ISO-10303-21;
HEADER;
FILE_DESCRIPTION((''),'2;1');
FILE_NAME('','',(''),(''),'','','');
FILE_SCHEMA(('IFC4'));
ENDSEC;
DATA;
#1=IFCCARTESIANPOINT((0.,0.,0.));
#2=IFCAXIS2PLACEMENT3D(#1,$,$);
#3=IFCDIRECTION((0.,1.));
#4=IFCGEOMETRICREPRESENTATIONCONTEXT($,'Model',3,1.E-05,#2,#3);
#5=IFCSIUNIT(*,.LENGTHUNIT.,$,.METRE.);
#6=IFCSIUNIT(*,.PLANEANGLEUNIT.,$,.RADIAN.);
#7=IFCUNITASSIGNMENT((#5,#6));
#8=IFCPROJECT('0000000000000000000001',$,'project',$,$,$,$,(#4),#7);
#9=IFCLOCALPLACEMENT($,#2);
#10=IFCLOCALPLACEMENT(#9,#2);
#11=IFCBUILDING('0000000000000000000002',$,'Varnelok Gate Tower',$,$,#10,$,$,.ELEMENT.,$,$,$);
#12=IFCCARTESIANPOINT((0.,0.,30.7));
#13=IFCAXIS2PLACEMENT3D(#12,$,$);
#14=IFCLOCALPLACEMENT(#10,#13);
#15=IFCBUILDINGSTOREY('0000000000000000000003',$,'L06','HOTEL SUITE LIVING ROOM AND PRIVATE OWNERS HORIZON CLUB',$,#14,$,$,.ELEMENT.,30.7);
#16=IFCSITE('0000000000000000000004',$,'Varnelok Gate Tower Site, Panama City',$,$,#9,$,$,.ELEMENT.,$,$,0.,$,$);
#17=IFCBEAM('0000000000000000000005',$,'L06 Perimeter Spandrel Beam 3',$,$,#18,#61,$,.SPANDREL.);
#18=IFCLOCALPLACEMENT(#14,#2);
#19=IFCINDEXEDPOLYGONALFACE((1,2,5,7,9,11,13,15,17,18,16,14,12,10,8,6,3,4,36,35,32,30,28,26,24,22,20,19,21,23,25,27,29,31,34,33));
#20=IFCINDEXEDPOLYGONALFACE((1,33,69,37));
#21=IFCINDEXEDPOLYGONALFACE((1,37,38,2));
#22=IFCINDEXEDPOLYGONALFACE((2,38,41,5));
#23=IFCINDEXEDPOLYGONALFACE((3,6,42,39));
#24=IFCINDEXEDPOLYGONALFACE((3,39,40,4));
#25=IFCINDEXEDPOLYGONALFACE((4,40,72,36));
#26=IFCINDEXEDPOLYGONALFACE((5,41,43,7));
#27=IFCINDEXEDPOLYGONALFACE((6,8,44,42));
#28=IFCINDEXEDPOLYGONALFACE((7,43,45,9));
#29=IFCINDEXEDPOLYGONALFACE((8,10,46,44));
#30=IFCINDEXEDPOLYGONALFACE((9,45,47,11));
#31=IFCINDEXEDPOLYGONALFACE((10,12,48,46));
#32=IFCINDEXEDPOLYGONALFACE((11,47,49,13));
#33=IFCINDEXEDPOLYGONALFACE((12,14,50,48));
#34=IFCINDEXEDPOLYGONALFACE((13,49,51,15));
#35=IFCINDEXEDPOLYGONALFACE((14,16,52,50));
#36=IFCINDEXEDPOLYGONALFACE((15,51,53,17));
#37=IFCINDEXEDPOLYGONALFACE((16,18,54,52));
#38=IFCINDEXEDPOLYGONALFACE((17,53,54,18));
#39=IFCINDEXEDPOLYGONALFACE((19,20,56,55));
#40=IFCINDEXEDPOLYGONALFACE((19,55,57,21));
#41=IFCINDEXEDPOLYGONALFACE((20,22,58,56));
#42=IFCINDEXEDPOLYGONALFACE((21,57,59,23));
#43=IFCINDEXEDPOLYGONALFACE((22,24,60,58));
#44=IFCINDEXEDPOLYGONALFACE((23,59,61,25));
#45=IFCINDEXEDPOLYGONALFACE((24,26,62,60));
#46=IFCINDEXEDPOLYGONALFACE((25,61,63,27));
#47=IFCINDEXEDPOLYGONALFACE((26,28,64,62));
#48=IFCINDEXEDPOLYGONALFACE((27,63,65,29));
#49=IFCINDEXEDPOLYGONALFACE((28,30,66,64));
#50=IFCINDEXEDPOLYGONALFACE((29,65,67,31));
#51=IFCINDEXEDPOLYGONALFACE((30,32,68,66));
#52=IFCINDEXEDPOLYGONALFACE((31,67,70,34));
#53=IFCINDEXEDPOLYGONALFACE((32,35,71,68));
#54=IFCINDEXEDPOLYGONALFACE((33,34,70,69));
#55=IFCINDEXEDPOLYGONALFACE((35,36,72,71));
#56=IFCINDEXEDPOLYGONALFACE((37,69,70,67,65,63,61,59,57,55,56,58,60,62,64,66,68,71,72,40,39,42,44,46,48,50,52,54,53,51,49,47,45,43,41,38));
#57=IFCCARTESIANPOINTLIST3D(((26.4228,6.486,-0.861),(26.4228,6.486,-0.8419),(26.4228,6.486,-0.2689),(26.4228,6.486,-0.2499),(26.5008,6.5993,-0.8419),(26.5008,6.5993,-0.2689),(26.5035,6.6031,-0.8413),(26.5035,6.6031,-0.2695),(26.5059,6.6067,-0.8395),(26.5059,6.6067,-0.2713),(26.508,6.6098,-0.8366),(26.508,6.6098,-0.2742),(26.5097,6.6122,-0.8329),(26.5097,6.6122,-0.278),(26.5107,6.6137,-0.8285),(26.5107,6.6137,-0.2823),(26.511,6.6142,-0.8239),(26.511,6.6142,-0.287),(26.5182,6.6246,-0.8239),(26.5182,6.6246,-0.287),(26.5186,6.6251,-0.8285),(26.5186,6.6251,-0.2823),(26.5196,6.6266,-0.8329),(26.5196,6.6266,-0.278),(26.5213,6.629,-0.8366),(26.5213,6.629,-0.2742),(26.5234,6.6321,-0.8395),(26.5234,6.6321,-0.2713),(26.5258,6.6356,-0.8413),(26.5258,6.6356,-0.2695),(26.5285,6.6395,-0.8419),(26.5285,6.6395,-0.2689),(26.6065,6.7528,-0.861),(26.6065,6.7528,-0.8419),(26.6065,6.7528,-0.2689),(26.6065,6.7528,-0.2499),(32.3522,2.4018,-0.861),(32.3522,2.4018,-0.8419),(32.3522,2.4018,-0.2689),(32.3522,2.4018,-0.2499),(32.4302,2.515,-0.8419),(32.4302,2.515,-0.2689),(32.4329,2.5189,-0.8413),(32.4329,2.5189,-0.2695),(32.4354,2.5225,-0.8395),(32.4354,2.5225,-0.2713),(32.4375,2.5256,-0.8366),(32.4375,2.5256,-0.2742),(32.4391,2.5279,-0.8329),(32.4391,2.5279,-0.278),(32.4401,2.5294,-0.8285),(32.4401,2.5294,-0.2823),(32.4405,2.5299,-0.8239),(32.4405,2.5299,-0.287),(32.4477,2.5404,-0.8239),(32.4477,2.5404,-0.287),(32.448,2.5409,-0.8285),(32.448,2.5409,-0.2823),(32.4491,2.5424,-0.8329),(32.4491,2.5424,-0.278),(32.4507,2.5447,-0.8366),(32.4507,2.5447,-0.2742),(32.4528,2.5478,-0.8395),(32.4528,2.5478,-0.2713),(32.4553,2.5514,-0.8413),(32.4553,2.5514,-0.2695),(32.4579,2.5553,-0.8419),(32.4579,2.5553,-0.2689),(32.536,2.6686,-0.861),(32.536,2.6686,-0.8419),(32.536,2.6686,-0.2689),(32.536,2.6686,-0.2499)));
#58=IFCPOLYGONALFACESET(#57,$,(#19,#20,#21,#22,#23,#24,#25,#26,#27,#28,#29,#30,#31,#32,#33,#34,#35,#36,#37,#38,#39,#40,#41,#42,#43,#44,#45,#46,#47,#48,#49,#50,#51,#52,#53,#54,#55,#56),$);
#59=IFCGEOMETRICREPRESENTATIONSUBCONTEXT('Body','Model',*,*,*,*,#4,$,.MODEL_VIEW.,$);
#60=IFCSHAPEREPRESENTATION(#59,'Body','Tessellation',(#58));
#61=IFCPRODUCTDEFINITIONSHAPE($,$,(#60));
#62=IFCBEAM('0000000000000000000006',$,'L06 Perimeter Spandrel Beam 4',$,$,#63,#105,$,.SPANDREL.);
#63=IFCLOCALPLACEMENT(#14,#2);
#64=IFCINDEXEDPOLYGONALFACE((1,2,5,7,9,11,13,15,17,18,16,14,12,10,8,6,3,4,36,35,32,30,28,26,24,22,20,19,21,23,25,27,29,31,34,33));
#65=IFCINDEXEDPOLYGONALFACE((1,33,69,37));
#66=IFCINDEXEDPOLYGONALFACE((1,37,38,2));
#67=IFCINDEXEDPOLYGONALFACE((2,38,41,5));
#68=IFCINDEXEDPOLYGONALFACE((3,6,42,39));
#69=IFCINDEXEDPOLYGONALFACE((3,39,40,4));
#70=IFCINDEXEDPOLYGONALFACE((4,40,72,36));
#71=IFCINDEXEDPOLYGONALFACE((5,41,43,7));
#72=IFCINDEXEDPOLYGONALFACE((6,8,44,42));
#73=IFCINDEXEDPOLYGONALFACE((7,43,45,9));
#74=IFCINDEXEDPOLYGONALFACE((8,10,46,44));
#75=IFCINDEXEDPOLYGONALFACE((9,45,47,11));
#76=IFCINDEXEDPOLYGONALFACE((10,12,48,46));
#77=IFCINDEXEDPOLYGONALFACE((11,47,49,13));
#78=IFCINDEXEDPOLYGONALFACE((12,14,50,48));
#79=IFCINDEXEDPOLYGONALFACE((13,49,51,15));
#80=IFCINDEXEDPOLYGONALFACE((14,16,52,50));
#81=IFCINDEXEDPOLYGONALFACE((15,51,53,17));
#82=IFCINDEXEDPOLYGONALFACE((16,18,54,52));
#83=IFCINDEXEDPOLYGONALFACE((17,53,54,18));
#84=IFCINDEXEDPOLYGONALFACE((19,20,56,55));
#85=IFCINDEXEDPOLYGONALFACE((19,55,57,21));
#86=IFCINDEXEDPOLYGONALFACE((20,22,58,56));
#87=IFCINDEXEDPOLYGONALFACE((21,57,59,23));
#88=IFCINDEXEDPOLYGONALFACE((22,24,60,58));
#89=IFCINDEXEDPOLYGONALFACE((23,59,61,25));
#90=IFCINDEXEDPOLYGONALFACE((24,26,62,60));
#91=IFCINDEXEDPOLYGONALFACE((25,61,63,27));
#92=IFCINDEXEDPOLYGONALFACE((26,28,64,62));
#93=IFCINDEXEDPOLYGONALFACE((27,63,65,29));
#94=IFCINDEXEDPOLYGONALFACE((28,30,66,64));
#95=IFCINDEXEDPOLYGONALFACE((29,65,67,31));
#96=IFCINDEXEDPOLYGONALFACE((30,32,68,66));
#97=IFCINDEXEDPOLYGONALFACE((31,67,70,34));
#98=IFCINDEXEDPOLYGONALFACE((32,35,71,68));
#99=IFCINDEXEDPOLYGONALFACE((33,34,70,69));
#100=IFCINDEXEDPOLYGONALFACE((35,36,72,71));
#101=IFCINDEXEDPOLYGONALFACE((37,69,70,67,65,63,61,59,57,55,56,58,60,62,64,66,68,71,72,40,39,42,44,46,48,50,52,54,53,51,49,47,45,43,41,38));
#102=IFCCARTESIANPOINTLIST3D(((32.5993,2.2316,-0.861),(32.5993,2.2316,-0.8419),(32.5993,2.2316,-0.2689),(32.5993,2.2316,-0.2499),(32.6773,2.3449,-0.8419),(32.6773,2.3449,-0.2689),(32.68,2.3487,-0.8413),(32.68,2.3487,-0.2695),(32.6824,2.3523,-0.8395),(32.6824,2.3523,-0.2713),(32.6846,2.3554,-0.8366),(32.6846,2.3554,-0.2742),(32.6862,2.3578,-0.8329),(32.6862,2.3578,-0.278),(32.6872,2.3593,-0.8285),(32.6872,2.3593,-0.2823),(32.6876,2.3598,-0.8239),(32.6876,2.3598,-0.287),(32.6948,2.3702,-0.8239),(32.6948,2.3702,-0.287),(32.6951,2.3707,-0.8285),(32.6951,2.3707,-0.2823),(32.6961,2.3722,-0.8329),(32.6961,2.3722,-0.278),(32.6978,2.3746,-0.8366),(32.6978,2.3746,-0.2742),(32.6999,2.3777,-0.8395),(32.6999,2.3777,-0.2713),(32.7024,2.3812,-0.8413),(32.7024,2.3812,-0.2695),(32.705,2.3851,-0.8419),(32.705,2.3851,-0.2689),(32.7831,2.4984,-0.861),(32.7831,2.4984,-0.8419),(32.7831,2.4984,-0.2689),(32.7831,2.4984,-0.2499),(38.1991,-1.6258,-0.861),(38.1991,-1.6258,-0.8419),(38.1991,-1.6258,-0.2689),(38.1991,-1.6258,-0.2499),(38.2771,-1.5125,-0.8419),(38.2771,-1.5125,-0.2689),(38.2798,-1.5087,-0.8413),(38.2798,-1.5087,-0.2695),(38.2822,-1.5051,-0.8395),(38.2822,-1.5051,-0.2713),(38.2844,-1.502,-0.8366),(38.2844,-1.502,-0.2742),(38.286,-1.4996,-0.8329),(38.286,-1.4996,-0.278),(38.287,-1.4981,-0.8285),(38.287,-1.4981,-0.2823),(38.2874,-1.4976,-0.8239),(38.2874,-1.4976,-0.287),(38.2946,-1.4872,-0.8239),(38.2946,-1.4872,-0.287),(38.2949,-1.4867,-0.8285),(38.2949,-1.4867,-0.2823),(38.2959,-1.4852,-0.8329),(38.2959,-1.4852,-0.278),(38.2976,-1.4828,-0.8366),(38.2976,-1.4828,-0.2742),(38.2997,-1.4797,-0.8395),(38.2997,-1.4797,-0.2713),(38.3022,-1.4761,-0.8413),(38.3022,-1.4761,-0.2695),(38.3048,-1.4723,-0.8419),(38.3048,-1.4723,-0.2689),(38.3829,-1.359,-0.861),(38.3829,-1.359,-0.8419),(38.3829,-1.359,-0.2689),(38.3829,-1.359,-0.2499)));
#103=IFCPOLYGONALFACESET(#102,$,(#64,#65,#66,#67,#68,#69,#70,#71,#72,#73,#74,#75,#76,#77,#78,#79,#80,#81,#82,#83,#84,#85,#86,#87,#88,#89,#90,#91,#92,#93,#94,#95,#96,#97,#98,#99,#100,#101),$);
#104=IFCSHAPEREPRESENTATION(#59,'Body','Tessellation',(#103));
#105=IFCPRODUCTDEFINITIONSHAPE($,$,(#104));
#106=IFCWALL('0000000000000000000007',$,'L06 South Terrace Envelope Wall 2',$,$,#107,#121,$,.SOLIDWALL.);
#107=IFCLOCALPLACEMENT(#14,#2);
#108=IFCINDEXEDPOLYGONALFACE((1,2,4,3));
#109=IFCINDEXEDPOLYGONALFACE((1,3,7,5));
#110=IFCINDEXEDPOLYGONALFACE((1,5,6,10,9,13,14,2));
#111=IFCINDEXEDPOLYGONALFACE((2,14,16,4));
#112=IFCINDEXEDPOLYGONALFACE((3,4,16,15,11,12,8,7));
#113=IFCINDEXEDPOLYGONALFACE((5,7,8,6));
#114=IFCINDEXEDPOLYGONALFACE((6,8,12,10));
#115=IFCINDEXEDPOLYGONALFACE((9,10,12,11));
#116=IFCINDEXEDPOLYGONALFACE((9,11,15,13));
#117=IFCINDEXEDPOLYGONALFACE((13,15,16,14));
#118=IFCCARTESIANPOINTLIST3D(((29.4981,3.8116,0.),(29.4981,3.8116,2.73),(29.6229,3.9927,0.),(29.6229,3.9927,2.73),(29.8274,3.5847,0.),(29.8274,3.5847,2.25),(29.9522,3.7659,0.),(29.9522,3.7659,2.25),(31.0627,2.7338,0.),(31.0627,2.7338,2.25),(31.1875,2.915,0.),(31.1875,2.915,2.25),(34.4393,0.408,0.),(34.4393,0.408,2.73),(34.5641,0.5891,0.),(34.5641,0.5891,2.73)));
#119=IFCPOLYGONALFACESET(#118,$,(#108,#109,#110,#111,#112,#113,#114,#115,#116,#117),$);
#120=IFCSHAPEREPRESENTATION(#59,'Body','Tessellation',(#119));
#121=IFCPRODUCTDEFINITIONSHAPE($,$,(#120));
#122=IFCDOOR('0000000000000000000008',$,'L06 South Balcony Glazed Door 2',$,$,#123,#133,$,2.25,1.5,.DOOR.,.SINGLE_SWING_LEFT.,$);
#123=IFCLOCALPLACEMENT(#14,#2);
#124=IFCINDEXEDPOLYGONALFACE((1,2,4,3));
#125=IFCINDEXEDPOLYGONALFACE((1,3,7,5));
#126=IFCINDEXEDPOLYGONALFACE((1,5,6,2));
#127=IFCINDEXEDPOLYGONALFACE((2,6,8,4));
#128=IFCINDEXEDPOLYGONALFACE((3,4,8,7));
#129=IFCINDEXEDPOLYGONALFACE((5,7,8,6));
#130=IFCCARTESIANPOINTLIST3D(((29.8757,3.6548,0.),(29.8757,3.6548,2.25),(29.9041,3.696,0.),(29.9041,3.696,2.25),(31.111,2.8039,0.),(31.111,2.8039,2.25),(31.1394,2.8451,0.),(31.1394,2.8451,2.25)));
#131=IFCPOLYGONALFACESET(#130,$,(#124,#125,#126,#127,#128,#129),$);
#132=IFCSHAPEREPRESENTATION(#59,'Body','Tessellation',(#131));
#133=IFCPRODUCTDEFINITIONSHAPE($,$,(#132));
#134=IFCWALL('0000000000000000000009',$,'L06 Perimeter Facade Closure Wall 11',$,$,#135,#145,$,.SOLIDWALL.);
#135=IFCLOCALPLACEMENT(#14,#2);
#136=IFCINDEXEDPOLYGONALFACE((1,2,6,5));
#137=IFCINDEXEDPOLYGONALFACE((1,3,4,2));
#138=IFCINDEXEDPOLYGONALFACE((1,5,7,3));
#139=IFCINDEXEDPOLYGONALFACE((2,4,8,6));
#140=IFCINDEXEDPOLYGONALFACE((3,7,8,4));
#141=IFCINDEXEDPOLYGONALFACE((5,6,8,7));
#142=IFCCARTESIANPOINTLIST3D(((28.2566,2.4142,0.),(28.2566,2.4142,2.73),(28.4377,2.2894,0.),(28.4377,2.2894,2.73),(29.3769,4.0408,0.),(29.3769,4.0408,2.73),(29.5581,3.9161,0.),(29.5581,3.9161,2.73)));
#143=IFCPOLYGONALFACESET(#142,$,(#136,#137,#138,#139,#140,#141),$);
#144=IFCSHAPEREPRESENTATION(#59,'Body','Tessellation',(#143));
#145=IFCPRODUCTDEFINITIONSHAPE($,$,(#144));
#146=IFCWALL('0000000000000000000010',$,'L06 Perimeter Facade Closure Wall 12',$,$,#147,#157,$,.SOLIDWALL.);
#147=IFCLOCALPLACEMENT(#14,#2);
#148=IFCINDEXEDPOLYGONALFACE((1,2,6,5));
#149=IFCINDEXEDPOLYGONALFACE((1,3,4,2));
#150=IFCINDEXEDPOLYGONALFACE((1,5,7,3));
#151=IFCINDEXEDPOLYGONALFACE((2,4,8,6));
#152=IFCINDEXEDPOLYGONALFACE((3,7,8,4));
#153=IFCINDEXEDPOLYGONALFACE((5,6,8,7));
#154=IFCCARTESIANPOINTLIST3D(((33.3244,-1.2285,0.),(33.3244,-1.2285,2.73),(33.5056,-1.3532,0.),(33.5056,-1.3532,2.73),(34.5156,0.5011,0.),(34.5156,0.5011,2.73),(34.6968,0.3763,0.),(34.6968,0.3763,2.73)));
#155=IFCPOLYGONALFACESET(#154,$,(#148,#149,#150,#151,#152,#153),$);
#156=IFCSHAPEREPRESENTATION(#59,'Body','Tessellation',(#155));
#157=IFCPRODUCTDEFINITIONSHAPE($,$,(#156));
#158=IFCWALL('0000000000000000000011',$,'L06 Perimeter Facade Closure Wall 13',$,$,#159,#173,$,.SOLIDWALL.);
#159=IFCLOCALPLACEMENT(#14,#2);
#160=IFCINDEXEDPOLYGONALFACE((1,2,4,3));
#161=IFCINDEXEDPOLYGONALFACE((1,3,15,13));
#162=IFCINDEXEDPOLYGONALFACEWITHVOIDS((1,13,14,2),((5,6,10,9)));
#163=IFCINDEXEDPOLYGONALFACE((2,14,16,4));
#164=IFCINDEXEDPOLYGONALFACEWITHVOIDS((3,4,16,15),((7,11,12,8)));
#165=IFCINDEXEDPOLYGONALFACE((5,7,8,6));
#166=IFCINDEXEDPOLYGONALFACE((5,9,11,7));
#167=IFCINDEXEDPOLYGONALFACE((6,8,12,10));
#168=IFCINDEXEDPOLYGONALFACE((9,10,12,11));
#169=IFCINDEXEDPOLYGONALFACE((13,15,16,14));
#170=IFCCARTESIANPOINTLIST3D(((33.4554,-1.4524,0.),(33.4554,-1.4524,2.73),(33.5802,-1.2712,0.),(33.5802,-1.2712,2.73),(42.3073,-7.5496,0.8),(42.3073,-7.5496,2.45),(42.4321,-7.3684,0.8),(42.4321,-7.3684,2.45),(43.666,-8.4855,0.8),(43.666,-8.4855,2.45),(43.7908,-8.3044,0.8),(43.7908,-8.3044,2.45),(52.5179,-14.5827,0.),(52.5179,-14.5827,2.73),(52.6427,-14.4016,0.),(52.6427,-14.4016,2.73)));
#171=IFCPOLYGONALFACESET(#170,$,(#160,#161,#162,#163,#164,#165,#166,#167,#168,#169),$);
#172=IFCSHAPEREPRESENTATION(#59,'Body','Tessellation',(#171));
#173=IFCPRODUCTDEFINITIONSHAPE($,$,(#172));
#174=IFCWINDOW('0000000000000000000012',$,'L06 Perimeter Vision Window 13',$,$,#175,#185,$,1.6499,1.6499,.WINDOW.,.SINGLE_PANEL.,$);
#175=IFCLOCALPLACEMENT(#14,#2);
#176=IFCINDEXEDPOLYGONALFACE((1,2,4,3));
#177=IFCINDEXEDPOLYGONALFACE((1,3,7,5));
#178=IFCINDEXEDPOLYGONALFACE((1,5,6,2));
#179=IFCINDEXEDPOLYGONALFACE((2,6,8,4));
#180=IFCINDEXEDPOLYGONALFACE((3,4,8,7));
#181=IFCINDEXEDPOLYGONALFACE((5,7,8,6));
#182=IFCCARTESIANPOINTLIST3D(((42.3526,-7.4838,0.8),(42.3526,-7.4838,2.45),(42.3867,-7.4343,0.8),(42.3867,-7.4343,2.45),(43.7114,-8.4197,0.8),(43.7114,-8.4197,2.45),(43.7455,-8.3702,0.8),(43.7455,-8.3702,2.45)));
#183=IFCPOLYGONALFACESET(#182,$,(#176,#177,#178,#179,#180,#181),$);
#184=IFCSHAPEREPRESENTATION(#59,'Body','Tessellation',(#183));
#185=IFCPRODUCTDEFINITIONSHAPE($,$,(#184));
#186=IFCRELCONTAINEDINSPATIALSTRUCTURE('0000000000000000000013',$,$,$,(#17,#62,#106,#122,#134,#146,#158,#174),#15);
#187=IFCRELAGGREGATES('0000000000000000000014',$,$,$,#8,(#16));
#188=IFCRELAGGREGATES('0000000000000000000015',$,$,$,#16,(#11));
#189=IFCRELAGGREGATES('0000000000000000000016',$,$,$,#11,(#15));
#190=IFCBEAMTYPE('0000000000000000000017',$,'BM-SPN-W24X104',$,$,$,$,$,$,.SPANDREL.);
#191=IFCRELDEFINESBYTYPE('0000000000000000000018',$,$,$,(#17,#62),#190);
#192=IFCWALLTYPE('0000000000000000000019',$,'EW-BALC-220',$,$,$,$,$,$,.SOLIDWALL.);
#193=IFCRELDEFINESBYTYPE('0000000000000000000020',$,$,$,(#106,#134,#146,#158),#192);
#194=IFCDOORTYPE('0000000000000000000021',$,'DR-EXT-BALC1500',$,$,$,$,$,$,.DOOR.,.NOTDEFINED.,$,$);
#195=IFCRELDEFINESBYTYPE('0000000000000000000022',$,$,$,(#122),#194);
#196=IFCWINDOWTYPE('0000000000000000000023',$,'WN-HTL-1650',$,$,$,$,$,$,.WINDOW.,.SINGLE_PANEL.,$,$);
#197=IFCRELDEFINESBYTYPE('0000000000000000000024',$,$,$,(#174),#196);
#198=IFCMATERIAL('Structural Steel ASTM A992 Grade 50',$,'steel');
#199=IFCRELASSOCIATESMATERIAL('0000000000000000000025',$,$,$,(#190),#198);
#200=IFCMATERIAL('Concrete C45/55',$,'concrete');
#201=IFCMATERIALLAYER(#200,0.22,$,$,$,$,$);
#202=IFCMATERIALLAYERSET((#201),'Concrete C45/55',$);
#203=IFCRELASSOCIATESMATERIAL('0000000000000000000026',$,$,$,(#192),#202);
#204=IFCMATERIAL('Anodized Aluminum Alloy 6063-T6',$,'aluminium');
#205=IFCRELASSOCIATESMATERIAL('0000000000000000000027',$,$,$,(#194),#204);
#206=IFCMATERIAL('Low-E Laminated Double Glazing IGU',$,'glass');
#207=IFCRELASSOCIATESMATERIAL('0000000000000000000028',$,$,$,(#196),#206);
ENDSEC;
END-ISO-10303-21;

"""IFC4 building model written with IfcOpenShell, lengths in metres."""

from ifc_helpers import new_model, si_unit, direction, frame, frame_2d, origin, origin_2d, place, context, subcontext, project, spatial, rectangle, i_section, extrude, material, layer, layer_set, material_profile, profile_set, type_object, element, fill, save


model = new_model("IFC4")

# Units and contexts
model_context = context("Model", 3, precision=1e-05, world=origin(), true_north=direction((0.0, 1.0)))
body_context = subcontext(model_context, "Body", "Model", "MODEL_VIEW")
ifc_project = project(units=[si_unit("LENGTHUNIT", "METRE"), si_unit("PLANEANGLEUNIT", "RADIAN")], contexts=[model_context])

# Site, building, storey
site_placement = place(None, origin())
site = spatial("IfcSite", under=ifc_project, at=site_placement, Name="Varnelok Gate Tower Site, Panama City", CompositionType="ELEMENT", RefElevation=0.0)
building_placement = place(site_placement, origin())
building = spatial("IfcBuilding", under=site, at=building_placement, Name="Varnelok Gate Tower", CompositionType="ELEMENT")
storey_placement = place(building_placement, frame((0.0, 0.0, 30.7)))
storey = spatial("IfcBuildingStorey", under=building, at=storey_placement, Name="L06", Description="HOTEL SUITE LIVING ROOM AND PRIVATE OWNERS HORIZON CLUB", CompositionType="ELEMENT", Elevation=30.7)

# Shared definitions
ifc_material_1 = material(Name="Structural Steel ASTM A992 Grade 50", Category="steel")

# Beams
ifc_material_profile_1 = material_profile(ifc_material_1, i_section(OverallWidth=0.324, OverallDepth=0.6111, WebThickness=0.0127, FlangeThickness=0.019, FilletRadius=0.0181, at=origin_2d()), Name="W24X104")
ifc_profile_set_1 = profile_set([ifc_material_profile_1], Name="Structural Steel ASTM A992 Grade 50")
beam_type_1 = type_object("IfcBeamType", Name="BM-SPN-W24X104", PredefinedType="SPANDREL", material=ifc_profile_set_1)
beam_1_placement = place(storey_placement, frame((26.5146, 6.6194, -0.5554), z_axis=(0.82354, -0.567258, 0.0), x_axis=(0.567258, 0.82354, 0.0)))
element("IfcBeam", 1, at=beam_1_placement, inside=storey, type_object=beam_type_1, Name="L06 Perimeter Spandrel Beam 3", PredefinedType="SPANDREL", context=body_context, shape_type="SweptSolid", body=[
    extrude(i_section(OverallWidth=0.324, OverallDepth=0.6111, WebThickness=0.0127, FlangeThickness=0.019, FilletRadius=0.0181, at=origin_2d()), origin(), (0.0, 0.0, 1.0), 7.2),
])
beam_2_placement = place(storey_placement, frame((32.6912, 2.365, -0.5554), z_axis=(0.823525, -0.56728, 0.0), x_axis=(0.56728, 0.823525, 0.0)))
element("IfcBeam", 2, at=beam_2_placement, inside=storey, type_object=beam_type_1, Name="L06 Perimeter Spandrel Beam 4", PredefinedType="SPANDREL", context=body_context, shape_type="SweptSolid", body=[
    extrude(i_section(OverallWidth=0.324, OverallDepth=0.6111, WebThickness=0.0127, FlangeThickness=0.019, FilletRadius=0.0181, at=origin_2d()), origin(), (0.0, 0.0, 1.0), 6.7998),
])

# Wall, opening, door
ifc_material_2 = material(Name="Concrete C45/55", Category="concrete")
ifc_layer_1 = layer(ifc_material_2, 0.22)
ifc_layer_set_1 = layer_set([ifc_layer_1], Name="Concrete C45/55")
wall_type_1 = type_object("IfcWallType", Name="EW-BALC-220", PredefinedType="SOLIDWALL", material=ifc_layer_set_1)
wall_1_placement = place(storey_placement, frame((34.5017, 0.4985, 0.0), z_axis=(0.0, 0.0, 1.0), x_axis=(-0.823535, 0.567266, 0.0)))
wall_1 = element("IfcWall", 3, at=wall_1_placement, inside=storey, type_object=wall_type_1, Name="L06 South Terrace Envelope Wall 2", PredefinedType="SOLIDWALL", context=body_context, shape_type="SweptSolid", body=[
    extrude(rectangle(XDim=6.0, YDim=0.22, at=frame_2d((3.0, 0.0))), origin(), (0.0, 0.0, 1.0), 2.73),
])
opening_1_placement = place(wall_1_placement, frame((4.1001, 0.0, 0.0)))
opening_1 = element("IfcOpeningElement", 4, at=opening_1_placement, cuts=wall_1, PredefinedType="OPENING", context=body_context, shape_type="SweptSolid", body=[
    extrude(rectangle(XDim=1.5, YDim=2.25, at=frame_2d((0.75, 1.125))), frame((0.0, 0.1199, 0.0), z_axis=(0.0, -1.0, 0.0), x_axis=(1.0, 0.0, 0.0)), (0.0, 0.0, 1.0), 0.24),
])
ifc_material_3 = material(Name="Anodized Aluminum Alloy 6063-T6", Category="aluminium")
door_type_1 = type_object("IfcDoorType", Name="DR-EXT-BALC1500", OperationType="NOTDEFINED", PredefinedType="DOOR", material=ifc_material_3)
door_1_placement = place(opening_1_placement, origin())
door_1 = element("IfcDoor", 5, at=door_1_placement, inside=storey, type_object=door_type_1, Name="L06 South Balcony Glazed Door 2", OperationType="SINGLE_SWING_LEFT", OverallHeight=2.25, OverallWidth=1.5, PredefinedType="DOOR", context=body_context, shape_type="SweptSolid", body=[
    extrude(rectangle(XDim=1.5, YDim=2.25, at=frame_2d((0.75, 1.125))), frame((0.0, 0.0249, 0.0), z_axis=(0.0, -1.0, 0.0), x_axis=(1.0, 0.0, 0.0)), (0.0, 0.0, 1.0), 0.05),
])
fill(opening_1, door_1)

# Walls
wall_2_placement = place(storey_placement, frame((28.3472, 2.3518, 0.0), z_axis=(0.0, 0.0, 1.0), x_axis=(0.567216, 0.823569, 0.0)))
element("IfcWall", 6, at=wall_2_placement, inside=storey, type_object=wall_type_1, Name="L06 Perimeter Facade Closure Wall 11", PredefinedType="SOLIDWALL", context=body_context, shape_type="SweptSolid", body=[
    extrude(rectangle(XDim=1.9751, YDim=0.22, at=frame_2d((0.9875, 0.0))), origin(), (0.0, 0.0, 1.0), 2.73),
])
wall_3_placement = place(storey_placement, frame((34.6062, 0.4387, 0.0), z_axis=(0.0, 0.0, 1.0), x_axis=(-0.567219, -0.823567, 0.0)))
element("IfcWall", 7, at=wall_3_placement, inside=storey, type_object=wall_type_1, Name="L06 Perimeter Facade Closure Wall 12", PredefinedType="SOLIDWALL", context=body_context, shape_type="SweptSolid", body=[
    extrude(rectangle(XDim=2.1001, YDim=0.22, at=frame_2d((1.05, 0.0))), origin(), (0.0, 0.0, 1.0), 2.73),
])

# Wall, opening, window
wall_4_placement = place(storey_placement, frame((33.5178, -1.3618, 0.0), z_axis=(0.0, 0.0, 1.0), x_axis=(0.823539, -0.567259, 0.0)))
wall_4 = element("IfcWall", 8, at=wall_4_placement, inside=storey, type_object=wall_type_1, Name="L06 Perimeter Facade Closure Wall 13", PredefinedType="SOLIDWALL", context=body_context, shape_type="SweptSolid", body=[
    extrude(rectangle(XDim=23.147, YDim=0.22, at=frame_2d((11.5735, 0.0))), origin(), (0.0, 0.0, 1.0), 2.73),
])
opening_2_placement = place(wall_4_placement, frame((10.7485, 0.0, 0.8)))
opening_2 = element("IfcOpeningElement", 9, at=opening_2_placement, cuts=wall_4, PredefinedType="OPENING", context=body_context, shape_type="SweptSolid", body=[
    extrude(rectangle(XDim=1.6499, YDim=1.6499, at=frame_2d((0.825, 0.825))), frame((0.0, 0.1199, 0.0), z_axis=(0.0, -1.0, 0.0), x_axis=(1.0, 0.0, 0.0)), (0.0, 0.0, 1.0), 0.24),
])
ifc_material_4 = material(Name="Low-E Laminated Double Glazing IGU", Category="glass")
window_type = type_object("IfcWindowType", Name="WN-HTL-1650", PartitioningType="SINGLE_PANEL", PredefinedType="WINDOW", material=ifc_material_4)
window_placement = place(opening_2_placement, origin())
window = element("IfcWindow", 10, at=window_placement, inside=storey, type_object=window_type, Name="L06 Perimeter Vision Window 13", OverallHeight=1.6499, OverallWidth=1.6499, PartitioningType="SINGLE_PANEL", PredefinedType="WINDOW", context=body_context, shape_type="SweptSolid", body=[
    extrude(rectangle(XDim=1.6499, YDim=1.6499, at=frame_2d((0.825, 0.825))), frame((0.0, 0.03, 0.0), z_axis=(0.0, -1.0, 0.0), x_axis=(1.0, 0.0, 0.0)), (0.0, 0.0, 1.0), 0.0601),
])
fill(opening_2, window)

save(model, "model.ifc")
